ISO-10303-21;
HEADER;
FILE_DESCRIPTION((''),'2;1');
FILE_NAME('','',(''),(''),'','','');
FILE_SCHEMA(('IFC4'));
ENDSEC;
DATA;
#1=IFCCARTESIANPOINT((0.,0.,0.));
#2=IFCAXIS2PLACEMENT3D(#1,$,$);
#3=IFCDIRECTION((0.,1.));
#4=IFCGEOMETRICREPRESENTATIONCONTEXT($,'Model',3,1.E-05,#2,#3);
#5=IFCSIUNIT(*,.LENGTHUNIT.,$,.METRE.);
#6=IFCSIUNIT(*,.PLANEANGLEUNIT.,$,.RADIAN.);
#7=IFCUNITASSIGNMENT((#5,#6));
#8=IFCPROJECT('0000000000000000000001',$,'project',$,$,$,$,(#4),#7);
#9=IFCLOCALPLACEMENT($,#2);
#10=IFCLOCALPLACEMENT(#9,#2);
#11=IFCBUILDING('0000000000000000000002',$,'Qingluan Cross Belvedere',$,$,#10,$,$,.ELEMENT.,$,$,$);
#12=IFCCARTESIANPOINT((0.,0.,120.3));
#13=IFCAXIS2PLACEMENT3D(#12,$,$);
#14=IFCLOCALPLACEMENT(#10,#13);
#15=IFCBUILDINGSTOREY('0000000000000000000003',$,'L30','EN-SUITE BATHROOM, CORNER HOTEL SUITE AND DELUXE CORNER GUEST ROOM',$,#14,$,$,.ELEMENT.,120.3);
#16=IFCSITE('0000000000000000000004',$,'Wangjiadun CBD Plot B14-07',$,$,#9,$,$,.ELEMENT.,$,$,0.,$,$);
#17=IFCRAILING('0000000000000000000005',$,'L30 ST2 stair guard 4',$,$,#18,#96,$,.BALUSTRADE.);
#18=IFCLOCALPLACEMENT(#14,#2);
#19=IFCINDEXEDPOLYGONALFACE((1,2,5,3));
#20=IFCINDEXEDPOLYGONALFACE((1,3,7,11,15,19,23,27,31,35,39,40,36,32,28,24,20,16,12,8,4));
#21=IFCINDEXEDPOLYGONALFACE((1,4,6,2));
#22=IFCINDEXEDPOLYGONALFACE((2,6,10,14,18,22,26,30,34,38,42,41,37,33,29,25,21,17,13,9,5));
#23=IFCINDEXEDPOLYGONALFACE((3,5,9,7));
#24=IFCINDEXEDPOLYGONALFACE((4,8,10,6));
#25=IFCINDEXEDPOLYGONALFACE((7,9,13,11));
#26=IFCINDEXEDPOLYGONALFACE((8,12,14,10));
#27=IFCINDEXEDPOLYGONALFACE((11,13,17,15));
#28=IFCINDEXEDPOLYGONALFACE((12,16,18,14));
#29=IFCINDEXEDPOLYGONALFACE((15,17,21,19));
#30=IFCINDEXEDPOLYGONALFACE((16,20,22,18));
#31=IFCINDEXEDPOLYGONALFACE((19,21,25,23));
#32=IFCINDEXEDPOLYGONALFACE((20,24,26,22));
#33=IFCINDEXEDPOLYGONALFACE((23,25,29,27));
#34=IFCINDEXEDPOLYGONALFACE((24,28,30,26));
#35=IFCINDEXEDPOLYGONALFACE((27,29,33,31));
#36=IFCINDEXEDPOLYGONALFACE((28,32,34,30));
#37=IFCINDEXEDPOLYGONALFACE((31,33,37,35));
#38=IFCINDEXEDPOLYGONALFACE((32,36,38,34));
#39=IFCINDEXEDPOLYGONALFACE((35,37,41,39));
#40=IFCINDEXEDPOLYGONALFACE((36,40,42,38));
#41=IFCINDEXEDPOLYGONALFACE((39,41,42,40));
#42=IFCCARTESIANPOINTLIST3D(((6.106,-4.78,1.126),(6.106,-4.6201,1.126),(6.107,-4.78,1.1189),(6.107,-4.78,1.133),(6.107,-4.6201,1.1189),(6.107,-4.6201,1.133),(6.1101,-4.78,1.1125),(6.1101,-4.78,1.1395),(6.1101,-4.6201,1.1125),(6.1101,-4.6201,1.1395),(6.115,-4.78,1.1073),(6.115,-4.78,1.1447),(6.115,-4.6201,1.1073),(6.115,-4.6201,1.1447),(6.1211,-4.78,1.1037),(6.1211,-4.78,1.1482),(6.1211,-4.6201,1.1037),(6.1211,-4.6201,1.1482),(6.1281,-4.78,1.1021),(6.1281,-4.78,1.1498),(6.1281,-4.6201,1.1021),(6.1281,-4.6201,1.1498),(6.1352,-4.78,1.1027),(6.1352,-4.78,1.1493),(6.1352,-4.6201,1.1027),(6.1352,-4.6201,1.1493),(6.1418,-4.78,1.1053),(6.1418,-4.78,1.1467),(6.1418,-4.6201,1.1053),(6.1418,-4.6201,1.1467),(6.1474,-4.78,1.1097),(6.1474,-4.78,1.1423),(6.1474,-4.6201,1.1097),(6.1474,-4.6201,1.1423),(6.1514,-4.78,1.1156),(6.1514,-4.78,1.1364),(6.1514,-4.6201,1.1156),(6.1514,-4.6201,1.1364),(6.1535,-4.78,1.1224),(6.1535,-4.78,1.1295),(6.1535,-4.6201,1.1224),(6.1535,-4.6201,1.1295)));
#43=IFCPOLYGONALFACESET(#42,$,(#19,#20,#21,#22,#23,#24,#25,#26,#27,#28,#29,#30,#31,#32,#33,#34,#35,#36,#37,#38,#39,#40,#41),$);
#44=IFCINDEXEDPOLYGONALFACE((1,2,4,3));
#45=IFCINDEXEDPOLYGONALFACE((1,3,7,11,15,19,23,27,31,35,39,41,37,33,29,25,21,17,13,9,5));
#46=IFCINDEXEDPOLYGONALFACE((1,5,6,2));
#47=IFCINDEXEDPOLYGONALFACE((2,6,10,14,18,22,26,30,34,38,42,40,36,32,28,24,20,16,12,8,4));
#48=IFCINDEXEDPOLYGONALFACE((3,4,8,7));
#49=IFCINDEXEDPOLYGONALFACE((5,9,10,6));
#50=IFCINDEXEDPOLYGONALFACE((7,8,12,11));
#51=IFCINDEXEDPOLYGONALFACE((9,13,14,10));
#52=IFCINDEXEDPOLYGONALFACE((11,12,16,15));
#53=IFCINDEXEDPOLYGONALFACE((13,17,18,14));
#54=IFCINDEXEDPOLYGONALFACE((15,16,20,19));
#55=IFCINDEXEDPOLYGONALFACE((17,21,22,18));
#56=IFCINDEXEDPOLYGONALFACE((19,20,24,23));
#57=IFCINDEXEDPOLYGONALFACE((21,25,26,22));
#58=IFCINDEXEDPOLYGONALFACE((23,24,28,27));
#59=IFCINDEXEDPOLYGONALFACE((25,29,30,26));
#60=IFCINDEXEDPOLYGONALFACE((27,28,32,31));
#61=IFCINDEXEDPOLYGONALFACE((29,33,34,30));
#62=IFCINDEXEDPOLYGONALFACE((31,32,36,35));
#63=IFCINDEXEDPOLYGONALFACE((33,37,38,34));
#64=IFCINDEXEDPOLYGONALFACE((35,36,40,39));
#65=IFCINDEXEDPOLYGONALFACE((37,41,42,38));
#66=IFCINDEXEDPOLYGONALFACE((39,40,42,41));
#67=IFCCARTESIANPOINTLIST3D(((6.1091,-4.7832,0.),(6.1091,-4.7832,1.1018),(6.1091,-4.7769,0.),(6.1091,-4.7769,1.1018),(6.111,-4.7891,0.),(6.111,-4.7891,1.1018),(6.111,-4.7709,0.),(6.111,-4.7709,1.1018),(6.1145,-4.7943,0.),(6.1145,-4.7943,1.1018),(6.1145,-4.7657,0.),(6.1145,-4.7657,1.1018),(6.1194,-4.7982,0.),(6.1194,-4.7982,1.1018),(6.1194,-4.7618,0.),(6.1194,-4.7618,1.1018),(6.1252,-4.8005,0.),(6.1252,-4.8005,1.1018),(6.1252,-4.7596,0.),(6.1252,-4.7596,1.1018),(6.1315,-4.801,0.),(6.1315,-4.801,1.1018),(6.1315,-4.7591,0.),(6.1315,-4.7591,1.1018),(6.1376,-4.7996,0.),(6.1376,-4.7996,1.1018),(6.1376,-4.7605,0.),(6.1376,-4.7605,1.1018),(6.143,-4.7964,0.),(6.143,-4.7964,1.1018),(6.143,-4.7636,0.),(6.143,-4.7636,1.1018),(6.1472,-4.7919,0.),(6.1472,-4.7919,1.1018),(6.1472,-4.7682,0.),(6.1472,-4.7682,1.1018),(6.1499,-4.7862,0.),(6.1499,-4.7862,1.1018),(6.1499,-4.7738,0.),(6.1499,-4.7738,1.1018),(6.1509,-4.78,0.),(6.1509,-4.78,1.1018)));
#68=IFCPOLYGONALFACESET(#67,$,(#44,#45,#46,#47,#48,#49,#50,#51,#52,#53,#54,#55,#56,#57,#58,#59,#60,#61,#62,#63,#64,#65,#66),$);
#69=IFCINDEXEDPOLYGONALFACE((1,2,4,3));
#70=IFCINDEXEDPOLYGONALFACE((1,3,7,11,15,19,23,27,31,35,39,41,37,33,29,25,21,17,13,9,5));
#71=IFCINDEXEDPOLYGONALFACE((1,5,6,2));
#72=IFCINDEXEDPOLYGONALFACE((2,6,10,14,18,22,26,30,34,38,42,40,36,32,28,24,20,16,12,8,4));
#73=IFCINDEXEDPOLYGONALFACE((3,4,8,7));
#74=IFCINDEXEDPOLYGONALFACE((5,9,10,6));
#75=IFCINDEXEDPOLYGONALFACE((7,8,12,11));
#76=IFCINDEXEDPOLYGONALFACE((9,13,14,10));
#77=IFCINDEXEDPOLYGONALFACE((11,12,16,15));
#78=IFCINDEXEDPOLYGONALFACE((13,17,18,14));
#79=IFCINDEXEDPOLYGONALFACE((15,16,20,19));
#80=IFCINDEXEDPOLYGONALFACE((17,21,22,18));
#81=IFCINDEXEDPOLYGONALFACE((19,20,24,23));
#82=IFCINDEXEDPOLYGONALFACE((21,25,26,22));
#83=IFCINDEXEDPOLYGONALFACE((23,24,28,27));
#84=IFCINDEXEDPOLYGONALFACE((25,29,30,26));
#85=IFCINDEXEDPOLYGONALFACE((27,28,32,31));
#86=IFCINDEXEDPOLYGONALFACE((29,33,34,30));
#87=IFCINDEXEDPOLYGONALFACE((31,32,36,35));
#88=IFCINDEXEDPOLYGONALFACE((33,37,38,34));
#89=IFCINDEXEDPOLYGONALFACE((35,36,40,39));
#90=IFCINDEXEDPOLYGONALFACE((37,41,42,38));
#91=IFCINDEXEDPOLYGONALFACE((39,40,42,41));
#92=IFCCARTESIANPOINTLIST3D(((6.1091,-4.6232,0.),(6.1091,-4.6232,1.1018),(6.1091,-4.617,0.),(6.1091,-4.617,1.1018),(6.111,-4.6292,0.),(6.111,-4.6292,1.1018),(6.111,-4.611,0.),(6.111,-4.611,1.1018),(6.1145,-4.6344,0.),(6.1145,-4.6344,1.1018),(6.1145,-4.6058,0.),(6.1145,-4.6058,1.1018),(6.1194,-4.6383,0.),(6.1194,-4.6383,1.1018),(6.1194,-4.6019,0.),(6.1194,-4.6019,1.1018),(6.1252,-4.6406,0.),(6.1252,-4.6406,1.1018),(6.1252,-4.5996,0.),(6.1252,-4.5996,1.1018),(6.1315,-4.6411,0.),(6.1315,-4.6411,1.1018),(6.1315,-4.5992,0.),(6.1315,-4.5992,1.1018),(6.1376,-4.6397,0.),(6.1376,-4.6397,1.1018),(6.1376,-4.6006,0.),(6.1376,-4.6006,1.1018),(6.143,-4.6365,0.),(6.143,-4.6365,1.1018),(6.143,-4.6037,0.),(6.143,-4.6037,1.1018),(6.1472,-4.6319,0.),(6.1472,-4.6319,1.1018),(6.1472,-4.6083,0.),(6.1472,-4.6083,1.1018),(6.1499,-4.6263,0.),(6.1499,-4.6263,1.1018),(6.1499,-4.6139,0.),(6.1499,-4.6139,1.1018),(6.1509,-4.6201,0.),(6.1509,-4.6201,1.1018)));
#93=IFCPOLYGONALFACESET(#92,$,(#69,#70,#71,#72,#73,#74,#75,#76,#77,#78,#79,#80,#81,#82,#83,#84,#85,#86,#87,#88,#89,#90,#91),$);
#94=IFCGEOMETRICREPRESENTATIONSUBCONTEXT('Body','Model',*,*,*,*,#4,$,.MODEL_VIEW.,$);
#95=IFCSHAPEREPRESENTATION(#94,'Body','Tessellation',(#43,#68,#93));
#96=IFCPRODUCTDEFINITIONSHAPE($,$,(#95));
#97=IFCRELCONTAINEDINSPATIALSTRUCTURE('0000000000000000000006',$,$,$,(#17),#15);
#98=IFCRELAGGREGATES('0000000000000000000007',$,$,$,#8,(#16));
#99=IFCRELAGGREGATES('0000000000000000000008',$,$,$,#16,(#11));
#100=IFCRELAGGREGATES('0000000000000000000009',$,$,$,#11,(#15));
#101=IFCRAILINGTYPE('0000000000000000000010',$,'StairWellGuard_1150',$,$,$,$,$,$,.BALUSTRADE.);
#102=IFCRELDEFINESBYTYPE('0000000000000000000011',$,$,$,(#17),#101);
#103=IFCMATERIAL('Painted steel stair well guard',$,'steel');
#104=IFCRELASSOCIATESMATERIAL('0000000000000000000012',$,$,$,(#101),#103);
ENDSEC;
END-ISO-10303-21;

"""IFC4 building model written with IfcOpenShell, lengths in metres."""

from ifc_helpers import new_model, si_unit, direction, frame, origin, origin_2d, place, context, subcontext, project, spatial, circle, extrude, material, type_object, element, save


model = new_model("IFC4")

# Units and contexts
model_context = context("Model", 3, precision=1e-05, world=origin(), true_north=direction((0.0, 1.0)))
body_context = subcontext(model_context, "Body", "Model", "MODEL_VIEW")
ifc_project = project(units=[si_unit("LENGTHUNIT", "METRE"), si_unit("PLANEANGLEUNIT", "RADIAN")], contexts=[model_context])

# Site, building, storey
site_placement = place(None, origin())
site = spatial("IfcSite", under=ifc_project, at=site_placement, Name="Wangjiadun CBD Plot B14-07", CompositionType="ELEMENT", RefElevation=0.0)
building_placement = place(site_placement, origin())
building = spatial("IfcBuilding", under=site, at=building_placement, Name="Qingluan Cross Belvedere", CompositionType="ELEMENT")
storey_placement = place(building_placement, frame((0.0, 0.0, 120.3)))
storey = spatial("IfcBuildingStorey", under=building, at=storey_placement, Name="L30", Description="EN-SUITE BATHROOM, CORNER HOTEL SUITE AND DELUXE CORNER GUEST ROOM", CompositionType="ELEMENT", Elevation=120.3)

# Railing
ifc_material_1 = material(Name="Painted steel stair well guard", Category="steel")
railing_type_1 = type_object("IfcRailingType", Name="StairWellGuard_1150", PredefinedType="BALUSTRADE", material=ifc_material_1)
railing_1_placement = place(storey_placement, frame((6.1299, -4.78, 0.0)))
element("IfcRailing", 1, at=railing_1_placement, inside=storey, type_object=railing_type_1, Name="L30 ST2 stair guard 4", PredefinedType="BALUSTRADE", context=body_context, shape_type="SweptSolid", body=[
    extrude(circle(Radius=0.0239, at=origin_2d()), frame((0.0, 0.0, 1.126), z_axis=(0.0, 1.0, 0.0), x_axis=(-1.0, 0.0, 0.0)), (0.0, 0.0, 1.0), 0.1599),
    extrude(circle(Radius=0.021, at=origin_2d()), origin(), (0.0, 0.0, 1.0), 1.1018),
    extrude(circle(Radius=0.021, at=origin_2d()), frame((0.0, 0.1599, 0.0)), (0.0, 0.0, 1.0), 1.1018),
])

save(model, "model.ifc")
